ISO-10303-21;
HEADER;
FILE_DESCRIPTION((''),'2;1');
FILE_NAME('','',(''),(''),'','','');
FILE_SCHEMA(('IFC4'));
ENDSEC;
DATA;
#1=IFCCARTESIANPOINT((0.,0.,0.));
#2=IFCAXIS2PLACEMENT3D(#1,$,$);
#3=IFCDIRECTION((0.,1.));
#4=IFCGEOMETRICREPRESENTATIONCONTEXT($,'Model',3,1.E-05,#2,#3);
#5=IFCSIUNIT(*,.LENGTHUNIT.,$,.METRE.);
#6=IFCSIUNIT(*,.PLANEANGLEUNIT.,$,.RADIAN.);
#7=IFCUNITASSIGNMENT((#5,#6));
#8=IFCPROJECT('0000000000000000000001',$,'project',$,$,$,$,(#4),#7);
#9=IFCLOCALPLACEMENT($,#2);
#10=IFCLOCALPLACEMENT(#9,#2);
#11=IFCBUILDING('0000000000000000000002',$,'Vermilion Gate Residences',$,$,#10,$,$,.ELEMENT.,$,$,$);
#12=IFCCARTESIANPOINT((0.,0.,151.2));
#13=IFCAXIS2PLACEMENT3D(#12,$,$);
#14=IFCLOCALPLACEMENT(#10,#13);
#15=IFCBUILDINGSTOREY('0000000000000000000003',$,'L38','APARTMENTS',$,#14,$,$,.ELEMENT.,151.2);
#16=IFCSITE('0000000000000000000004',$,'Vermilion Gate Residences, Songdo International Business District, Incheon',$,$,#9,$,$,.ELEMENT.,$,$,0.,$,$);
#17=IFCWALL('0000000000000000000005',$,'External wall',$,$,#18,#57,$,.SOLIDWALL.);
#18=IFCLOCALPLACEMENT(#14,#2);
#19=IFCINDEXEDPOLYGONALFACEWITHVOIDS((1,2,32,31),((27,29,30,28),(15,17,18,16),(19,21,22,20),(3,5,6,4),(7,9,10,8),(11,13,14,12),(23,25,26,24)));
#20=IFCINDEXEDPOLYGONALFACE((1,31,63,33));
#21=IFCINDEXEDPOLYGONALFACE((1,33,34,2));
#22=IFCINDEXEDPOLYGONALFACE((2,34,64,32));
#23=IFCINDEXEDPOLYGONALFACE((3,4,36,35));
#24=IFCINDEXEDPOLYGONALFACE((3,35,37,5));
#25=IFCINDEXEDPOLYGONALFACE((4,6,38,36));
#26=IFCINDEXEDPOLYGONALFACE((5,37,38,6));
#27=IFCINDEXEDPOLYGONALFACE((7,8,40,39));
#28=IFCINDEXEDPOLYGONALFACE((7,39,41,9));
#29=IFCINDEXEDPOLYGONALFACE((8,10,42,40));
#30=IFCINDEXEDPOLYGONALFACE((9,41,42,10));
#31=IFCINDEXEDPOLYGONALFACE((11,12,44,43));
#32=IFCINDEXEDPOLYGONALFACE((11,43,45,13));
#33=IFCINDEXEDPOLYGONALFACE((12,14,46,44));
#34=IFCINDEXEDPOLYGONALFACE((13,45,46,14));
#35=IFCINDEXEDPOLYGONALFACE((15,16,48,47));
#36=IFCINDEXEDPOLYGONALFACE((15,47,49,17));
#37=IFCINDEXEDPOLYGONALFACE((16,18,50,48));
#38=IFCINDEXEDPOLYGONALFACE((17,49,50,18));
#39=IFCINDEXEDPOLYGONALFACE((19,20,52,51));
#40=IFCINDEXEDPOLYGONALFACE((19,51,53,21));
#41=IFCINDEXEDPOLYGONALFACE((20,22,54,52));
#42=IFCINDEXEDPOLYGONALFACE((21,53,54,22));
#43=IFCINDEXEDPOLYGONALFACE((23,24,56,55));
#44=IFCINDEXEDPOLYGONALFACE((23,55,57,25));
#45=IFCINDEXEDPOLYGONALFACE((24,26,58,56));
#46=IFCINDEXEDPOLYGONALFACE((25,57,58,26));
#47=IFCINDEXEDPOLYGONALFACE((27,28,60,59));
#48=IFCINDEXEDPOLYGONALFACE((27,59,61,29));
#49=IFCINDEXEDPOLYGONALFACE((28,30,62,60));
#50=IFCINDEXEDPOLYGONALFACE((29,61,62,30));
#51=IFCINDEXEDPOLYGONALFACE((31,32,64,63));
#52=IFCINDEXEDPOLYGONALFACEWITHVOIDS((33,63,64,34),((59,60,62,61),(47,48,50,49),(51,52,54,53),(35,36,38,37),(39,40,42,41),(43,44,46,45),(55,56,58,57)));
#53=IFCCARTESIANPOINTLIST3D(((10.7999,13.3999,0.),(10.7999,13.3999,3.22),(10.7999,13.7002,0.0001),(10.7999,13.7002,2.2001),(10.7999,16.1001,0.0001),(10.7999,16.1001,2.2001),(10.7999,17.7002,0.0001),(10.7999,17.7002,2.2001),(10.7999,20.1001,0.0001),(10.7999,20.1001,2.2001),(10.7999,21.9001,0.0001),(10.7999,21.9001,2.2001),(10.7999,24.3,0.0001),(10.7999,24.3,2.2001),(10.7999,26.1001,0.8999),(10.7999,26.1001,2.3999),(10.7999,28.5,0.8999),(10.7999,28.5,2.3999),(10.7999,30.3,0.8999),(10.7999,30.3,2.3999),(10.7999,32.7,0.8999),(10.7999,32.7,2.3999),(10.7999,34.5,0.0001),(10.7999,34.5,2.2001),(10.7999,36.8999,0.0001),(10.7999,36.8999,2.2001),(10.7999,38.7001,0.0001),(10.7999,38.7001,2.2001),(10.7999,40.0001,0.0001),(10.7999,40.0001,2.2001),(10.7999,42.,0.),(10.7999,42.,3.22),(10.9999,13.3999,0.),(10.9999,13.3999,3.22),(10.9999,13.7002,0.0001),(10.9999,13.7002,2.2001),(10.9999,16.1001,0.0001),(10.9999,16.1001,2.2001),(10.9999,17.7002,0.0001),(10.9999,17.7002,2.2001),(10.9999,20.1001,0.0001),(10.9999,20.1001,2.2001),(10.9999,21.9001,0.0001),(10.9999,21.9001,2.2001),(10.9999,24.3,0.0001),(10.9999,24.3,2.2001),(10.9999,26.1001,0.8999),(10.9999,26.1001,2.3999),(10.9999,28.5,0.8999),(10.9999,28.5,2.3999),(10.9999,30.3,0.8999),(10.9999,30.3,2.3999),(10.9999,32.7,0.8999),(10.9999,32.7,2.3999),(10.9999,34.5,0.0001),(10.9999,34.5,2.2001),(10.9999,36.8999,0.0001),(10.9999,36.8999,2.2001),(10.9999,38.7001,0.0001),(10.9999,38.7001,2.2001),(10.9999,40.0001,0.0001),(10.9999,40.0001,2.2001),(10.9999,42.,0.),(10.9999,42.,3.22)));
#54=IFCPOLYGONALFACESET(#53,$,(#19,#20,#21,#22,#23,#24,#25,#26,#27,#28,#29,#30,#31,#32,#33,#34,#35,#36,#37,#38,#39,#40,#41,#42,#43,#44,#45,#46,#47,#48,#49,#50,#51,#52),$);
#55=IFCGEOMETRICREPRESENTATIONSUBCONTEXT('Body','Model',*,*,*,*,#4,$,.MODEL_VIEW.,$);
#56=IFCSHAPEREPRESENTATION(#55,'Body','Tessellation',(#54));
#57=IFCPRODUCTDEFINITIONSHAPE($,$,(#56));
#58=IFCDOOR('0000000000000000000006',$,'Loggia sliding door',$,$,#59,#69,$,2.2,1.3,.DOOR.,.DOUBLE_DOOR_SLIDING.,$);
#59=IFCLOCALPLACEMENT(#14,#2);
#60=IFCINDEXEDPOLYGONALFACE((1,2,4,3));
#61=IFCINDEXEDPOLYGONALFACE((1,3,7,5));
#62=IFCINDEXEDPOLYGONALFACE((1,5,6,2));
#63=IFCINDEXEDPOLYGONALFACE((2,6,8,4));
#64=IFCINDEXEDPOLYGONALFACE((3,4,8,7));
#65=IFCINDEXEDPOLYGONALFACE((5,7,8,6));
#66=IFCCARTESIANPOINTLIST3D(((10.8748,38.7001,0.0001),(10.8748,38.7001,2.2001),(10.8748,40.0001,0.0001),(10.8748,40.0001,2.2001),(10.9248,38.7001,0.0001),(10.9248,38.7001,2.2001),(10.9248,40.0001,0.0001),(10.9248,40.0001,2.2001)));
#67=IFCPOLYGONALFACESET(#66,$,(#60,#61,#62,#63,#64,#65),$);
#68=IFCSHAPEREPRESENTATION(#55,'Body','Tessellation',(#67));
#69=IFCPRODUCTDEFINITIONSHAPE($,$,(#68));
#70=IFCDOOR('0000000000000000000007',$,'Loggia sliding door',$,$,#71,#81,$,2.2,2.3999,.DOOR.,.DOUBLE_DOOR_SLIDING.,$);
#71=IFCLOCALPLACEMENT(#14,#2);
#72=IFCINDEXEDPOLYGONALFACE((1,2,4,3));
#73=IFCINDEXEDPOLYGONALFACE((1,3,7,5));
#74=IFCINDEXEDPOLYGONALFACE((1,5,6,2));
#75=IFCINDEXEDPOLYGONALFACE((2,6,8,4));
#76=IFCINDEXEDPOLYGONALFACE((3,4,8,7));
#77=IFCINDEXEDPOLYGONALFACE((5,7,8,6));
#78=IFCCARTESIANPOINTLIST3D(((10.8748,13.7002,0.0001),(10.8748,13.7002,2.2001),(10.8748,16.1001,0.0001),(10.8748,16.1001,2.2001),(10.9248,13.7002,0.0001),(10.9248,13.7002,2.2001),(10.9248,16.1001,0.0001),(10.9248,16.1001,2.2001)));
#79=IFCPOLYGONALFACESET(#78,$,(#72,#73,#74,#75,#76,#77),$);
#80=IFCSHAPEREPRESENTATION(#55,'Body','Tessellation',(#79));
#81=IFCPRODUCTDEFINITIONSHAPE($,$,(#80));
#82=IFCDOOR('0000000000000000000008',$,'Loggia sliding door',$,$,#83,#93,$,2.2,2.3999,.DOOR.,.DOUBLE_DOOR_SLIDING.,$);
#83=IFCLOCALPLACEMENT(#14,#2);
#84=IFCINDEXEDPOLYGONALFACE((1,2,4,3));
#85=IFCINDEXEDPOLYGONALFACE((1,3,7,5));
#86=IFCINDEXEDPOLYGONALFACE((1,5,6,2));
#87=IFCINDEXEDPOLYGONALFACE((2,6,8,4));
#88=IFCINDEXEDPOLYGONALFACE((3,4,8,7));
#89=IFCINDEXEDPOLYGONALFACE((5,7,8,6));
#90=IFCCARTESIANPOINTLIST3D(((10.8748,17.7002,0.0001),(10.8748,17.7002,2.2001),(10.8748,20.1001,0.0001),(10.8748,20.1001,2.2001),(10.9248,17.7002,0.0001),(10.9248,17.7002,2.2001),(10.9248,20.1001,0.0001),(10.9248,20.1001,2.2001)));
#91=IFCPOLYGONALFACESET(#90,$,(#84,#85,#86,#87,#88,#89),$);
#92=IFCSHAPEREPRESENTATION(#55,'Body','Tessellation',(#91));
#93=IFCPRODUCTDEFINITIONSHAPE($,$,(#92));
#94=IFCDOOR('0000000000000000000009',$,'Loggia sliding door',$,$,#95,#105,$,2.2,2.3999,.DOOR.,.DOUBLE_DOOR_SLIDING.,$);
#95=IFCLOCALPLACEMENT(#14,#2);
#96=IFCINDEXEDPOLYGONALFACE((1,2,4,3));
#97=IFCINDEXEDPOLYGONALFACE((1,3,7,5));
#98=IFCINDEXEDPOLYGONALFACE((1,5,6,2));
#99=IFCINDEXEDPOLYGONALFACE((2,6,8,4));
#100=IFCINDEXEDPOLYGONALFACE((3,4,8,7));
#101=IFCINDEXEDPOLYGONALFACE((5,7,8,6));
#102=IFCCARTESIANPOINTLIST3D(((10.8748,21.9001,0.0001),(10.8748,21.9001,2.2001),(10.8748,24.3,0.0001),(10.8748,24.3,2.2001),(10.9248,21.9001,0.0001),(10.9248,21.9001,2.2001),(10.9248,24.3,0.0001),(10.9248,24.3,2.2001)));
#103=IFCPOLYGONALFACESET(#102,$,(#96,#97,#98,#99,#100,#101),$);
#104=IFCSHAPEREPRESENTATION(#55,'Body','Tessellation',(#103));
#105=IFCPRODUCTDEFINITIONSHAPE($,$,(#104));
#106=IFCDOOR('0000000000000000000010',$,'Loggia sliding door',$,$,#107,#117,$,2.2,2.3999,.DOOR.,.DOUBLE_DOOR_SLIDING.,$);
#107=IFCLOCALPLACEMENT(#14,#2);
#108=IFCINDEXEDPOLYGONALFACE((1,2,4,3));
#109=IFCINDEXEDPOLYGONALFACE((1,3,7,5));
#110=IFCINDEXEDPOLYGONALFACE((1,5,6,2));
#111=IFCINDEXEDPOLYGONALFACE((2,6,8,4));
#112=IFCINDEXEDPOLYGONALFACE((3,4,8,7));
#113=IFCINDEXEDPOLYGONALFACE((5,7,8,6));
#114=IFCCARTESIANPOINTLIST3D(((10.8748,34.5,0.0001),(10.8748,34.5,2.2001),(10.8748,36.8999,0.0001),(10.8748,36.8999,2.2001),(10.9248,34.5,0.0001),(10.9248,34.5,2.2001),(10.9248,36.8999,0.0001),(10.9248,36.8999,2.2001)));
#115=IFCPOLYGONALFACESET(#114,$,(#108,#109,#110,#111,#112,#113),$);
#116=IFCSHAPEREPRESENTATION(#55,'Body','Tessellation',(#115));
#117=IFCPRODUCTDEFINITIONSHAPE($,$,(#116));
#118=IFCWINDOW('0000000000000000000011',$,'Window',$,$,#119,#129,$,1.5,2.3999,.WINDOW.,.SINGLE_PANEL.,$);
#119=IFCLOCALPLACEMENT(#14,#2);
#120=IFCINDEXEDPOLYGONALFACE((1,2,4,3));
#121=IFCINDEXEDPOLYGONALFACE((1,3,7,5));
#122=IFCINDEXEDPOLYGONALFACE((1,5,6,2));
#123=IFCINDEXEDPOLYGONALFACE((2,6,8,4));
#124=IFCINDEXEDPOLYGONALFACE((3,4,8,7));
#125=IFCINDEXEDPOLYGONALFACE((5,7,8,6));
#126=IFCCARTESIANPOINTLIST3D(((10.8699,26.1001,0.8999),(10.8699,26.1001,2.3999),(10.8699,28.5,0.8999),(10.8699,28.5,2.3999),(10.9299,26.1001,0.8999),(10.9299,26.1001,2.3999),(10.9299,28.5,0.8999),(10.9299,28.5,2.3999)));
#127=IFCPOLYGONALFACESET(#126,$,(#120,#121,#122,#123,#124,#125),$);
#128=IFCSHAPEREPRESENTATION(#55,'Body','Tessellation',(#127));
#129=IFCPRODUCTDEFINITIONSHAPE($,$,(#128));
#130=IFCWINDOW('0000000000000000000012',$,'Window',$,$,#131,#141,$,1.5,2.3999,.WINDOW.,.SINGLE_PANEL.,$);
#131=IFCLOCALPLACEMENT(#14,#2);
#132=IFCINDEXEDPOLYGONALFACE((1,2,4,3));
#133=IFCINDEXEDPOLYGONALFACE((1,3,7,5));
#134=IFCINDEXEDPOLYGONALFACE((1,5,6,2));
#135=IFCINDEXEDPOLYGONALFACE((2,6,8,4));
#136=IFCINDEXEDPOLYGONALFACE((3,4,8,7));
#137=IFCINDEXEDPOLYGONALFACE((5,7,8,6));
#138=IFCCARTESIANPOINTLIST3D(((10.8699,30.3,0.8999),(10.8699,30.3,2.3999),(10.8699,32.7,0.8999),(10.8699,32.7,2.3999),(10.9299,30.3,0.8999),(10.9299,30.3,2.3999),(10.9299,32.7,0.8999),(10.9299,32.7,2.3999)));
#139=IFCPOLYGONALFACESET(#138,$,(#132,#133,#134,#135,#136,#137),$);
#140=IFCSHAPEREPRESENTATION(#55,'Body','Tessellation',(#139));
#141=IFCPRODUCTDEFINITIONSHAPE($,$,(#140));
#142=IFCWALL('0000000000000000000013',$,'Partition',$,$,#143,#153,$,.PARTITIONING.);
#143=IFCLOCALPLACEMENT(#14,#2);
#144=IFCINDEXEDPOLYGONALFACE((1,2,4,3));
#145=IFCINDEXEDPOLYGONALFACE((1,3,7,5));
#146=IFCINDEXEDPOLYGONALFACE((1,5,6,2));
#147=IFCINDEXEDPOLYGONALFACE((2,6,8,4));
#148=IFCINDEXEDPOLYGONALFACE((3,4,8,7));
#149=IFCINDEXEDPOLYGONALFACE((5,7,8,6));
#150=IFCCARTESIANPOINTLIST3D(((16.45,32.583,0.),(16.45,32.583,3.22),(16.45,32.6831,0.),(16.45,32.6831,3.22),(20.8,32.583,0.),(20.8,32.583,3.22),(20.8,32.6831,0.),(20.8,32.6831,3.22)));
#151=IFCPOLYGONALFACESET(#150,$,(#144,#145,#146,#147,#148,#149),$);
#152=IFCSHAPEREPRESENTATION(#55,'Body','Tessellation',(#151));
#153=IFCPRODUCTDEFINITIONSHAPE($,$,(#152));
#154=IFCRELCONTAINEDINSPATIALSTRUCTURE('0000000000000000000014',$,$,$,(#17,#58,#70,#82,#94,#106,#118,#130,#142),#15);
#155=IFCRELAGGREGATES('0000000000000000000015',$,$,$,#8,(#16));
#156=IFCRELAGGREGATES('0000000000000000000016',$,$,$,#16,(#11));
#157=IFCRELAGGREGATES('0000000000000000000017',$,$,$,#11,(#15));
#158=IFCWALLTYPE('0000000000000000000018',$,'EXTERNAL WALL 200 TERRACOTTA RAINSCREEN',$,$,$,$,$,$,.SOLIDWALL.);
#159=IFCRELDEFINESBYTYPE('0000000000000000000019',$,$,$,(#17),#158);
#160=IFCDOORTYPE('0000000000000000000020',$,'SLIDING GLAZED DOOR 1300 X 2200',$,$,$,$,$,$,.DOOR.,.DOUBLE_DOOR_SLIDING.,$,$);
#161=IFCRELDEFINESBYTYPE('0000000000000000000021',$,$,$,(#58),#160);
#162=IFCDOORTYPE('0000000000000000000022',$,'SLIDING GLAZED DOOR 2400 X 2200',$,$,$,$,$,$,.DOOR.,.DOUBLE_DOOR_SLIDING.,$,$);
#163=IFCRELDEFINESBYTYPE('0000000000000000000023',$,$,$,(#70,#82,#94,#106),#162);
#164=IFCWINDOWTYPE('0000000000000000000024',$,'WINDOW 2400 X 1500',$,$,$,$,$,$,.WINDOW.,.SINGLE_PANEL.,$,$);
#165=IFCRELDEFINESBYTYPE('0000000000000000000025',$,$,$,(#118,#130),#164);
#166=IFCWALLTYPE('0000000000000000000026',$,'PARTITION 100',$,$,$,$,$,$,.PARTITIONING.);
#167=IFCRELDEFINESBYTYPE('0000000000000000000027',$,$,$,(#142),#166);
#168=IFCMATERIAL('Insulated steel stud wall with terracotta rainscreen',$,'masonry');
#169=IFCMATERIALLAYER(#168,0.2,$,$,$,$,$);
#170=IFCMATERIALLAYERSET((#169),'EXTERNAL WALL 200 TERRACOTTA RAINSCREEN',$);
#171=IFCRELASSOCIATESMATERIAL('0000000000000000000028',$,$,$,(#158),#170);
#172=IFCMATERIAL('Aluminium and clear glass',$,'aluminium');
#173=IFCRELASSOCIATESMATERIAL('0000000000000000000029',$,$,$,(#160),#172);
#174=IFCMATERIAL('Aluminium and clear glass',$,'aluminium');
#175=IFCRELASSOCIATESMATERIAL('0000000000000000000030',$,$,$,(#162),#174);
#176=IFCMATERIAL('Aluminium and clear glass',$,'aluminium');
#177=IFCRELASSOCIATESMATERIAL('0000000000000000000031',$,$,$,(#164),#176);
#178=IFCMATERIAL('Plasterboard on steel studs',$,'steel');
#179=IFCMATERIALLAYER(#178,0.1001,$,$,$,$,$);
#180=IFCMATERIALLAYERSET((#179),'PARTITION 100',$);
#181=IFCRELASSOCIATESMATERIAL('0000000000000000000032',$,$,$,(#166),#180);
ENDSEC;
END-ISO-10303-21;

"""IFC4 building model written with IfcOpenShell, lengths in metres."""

from ifc_helpers import new_model, si_unit, direction, frame, frame_2d, origin, place, context, subcontext, project, spatial, rectangle, extrude, material, layer, layer_set, type_object, element, fill, save


model = new_model("IFC4")

# Units and contexts
model_context = context("Model", 3, precision=1e-05, world=origin(), true_north=direction((0.0, 1.0)))
body_context = subcontext(model_context, "Body", "Model", "MODEL_VIEW")
ifc_project = project(units=[si_unit("LENGTHUNIT", "METRE"), si_unit("PLANEANGLEUNIT", "RADIAN")], contexts=[model_context])

# Site, building, storey
site_placement = place(None, origin())
site = spatial("IfcSite", under=ifc_project, at=site_placement, Name="Vermilion Gate Residences, Songdo International Business District, Incheon", CompositionType="ELEMENT", RefElevation=0.0)
building_placement = place(site_placement, origin())
building = spatial("IfcBuilding", under=site, at=building_placement, Name="Vermilion Gate Residences", CompositionType="ELEMENT")
storey_placement = place(building_placement, frame((0.0, 0.0, 151.2)))
storey = spatial("IfcBuildingStorey", under=building, at=storey_placement, Name="L38", Description="APARTMENTS", CompositionType="ELEMENT", Elevation=151.2)

# Wall, openings, doors, windows
ifc_material_1 = material(Name="Insulated steel stud wall with terracotta rainscreen", Category="masonry")
ifc_layer_1 = layer(ifc_material_1, 0.2)
ifc_layer_set_1 = layer_set([ifc_layer_1], Name="EXTERNAL WALL 200 TERRACOTTA RAINSCREEN")
wall_type_1 = type_object("IfcWallType", Name="EXTERNAL WALL 200 TERRACOTTA RAINSCREEN", PredefinedType="SOLIDWALL", material=ifc_layer_set_1)
wall_1_placement = place(storey_placement, frame((10.8999, 42.0, 0.0), z_axis=(0.0, 0.0, 1.0), x_axis=(0.0, -1.0, 0.0)))
wall_1 = element("IfcWall", 1, at=wall_1_placement, inside=storey, type_object=wall_type_1, Name="External wall", PredefinedType="SOLIDWALL", context=body_context, shape_type="SweptSolid", body=[
    extrude(rectangle(XDim=28.6001, YDim=0.2, at=frame_2d((14.3, 0.0))), origin(), (0.0, 0.0, 1.0), 3.22),
])
opening_1_placement = place(wall_1_placement, frame((25.8999, 0.0, 0.0)))
opening_1 = element("IfcOpeningElement", 2, at=opening_1_placement, cuts=wall_1, PredefinedType="OPENING", context=body_context, shape_type="SweptSolid", body=[
    extrude(rectangle(XDim=2.3999, YDim=2.2, at=frame_2d((1.2, 1.1001))), frame((0.0, 0.1099, 0.0), z_axis=(0.0, -1.0, 0.0), x_axis=(1.0, 0.0, 0.0)), (0.0, 0.0, 1.0), 0.22),
])
opening_2_placement = place(wall_1_placement, frame((21.8999, 0.0, 0.0)))
opening_2 = element("IfcOpeningElement", 3, at=opening_2_placement, cuts=wall_1, PredefinedType="OPENING", context=body_context, shape_type="SweptSolid", body=[
    extrude(rectangle(XDim=2.3999, YDim=2.2, at=frame_2d((1.2, 1.1001))), frame((0.0, 0.1099, 0.0), z_axis=(0.0, -1.0, 0.0), x_axis=(1.0, 0.0, 0.0)), (0.0, 0.0, 1.0), 0.22),
])
opening_3_placement = place(wall_1_placement, frame((17.7, 0.0, 0.0)))
opening_3 = element("IfcOpeningElement", 4, at=opening_3_placement, cuts=wall_1, PredefinedType="OPENING", context=body_context, shape_type="SweptSolid", body=[
    extrude(rectangle(XDim=2.3999, YDim=2.2, at=frame_2d((1.2, 1.1001))), frame((0.0, 0.1099, 0.0), z_axis=(0.0, -1.0, 0.0), x_axis=(1.0, 0.0, 0.0)), (0.0, 0.0, 1.0), 0.22),
])
opening_4_placement = place(wall_1_placement, frame((13.5, 0.0, 0.8999)))
opening_4 = element("IfcOpeningElement", 5, at=opening_4_placement, cuts=wall_1, PredefinedType="OPENING", context=body_context, shape_type="SweptSolid", body=[
    extrude(rectangle(XDim=2.3999, YDim=1.5, at=frame_2d((1.2, 0.75))), frame((0.0, 0.1099, 0.0), z_axis=(0.0, -1.0, 0.0), x_axis=(1.0, 0.0, 0.0)), (0.0, 0.0, 1.0), 0.22),
])
opening_5_placement = place(wall_1_placement, frame((9.3, 0.0, 0.8999)))
opening_5 = element("IfcOpeningElement", 6, at=opening_5_placement, cuts=wall_1, PredefinedType="OPENING", context=body_context, shape_type="SweptSolid", body=[
    extrude(rectangle(XDim=2.3999, YDim=1.5, at=frame_2d((1.2, 0.75))), frame((0.0, 0.1099, 0.0), z_axis=(0.0, -1.0, 0.0), x_axis=(1.0, 0.0, 0.0)), (0.0, 0.0, 1.0), 0.22),
])
opening_6_placement = place(wall_1_placement, frame((5.1001, 0.0, 0.0)))
opening_6 = element("IfcOpeningElement", 7, at=opening_6_placement, cuts=wall_1, PredefinedType="OPENING", context=body_context, shape_type="SweptSolid", body=[
    extrude(rectangle(XDim=2.3999, YDim=2.2, at=frame_2d((1.2, 1.1001))), frame((0.0, 0.1099, 0.0), z_axis=(0.0, -1.0, 0.0), x_axis=(1.0, 0.0, 0.0)), (0.0, 0.0, 1.0), 0.22),
])
opening_7_placement = place(wall_1_placement, frame((2.0, 0.0, 0.0)))
opening_7 = element("IfcOpeningElement", 8, at=opening_7_placement, cuts=wall_1, PredefinedType="OPENING", context=body_context, shape_type="SweptSolid", body=[
    extrude(rectangle(XDim=1.3, YDim=2.2, at=frame_2d((0.6499, 1.1001))), frame((0.0, 0.1099, 0.0), z_axis=(0.0, -1.0, 0.0), x_axis=(1.0, 0.0, 0.0)), (0.0, 0.0, 1.0), 0.22),
])
ifc_material_2 = material(Name="Aluminium and clear glass", Category="aluminium")
door_type_1 = type_object("IfcDoorType", Name="SLIDING GLAZED DOOR 1300 X 2200", OperationType="DOUBLE_DOOR_SLIDING", PredefinedType="DOOR", material=ifc_material_2)
door_1_placement = place(opening_7_placement, origin())
door_1 = element("IfcDoor", 9, at=door_1_placement, inside=storey, type_object=door_type_1, Name="Loggia sliding door", OperationType="DOUBLE_DOOR_SLIDING", OverallHeight=2.2, OverallWidth=1.3, PredefinedType="DOOR", context=body_context, shape_type="SweptSolid", body=[
    extrude(rectangle(XDim=1.3, YDim=2.2, at=frame_2d((0.6499, 1.1001))), frame((0.0, 0.0249, 0.0), z_axis=(0.0, -1.0, 0.0), x_axis=(1.0, 0.0, 0.0)), (0.0, 0.0, 1.0), 0.05),
])
fill(opening_7, door_1)
ifc_material_3 = material(Name="Aluminium and clear glass", Category="aluminium")
door_type_2 = type_object("IfcDoorType", Name="SLIDING GLAZED DOOR 2400 X 2200", OperationType="DOUBLE_DOOR_SLIDING", PredefinedType="DOOR", material=ifc_material_3)
door_2_placement = place(opening_1_placement, origin())
door_2 = element("IfcDoor", 10, at=door_2_placement, inside=storey, type_object=door_type_2, Name="Loggia sliding door", OperationType="DOUBLE_DOOR_SLIDING", OverallHeight=2.2, OverallWidth=2.3999, PredefinedType="DOOR", context=body_context, shape_type="SweptSolid", body=[
    extrude(rectangle(XDim=2.3999, YDim=2.2, at=frame_2d((1.2, 1.1001))), frame((0.0, 0.0249, 0.0), z_axis=(0.0, -1.0, 0.0), x_axis=(1.0, 0.0, 0.0)), (0.0, 0.0, 1.0), 0.05),
])
fill(opening_1, door_2)
door_3_placement = place(opening_2_placement, origin())
door_3 = element("IfcDoor", 11, at=door_3_placement, inside=storey, type_object=door_type_2, Name="Loggia sliding door", OperationType="DOUBLE_DOOR_SLIDING", OverallHeight=2.2, OverallWidth=2.3999, PredefinedType="DOOR", context=body_context, shape_type="SweptSolid", body=[
    extrude(rectangle(XDim=2.3999, YDim=2.2, at=frame_2d((1.2, 1.1001))), frame((0.0, 0.0249, 0.0), z_axis=(0.0, -1.0, 0.0), x_axis=(1.0, 0.0, 0.0)), (0.0, 0.0, 1.0), 0.05),
])
fill(opening_2, door_3)
door_4_placement = place(opening_3_placement, origin())
door_4 = element("IfcDoor", 12, at=door_4_placement, inside=storey, type_object=door_type_2, Name="Loggia sliding door", OperationType="DOUBLE_DOOR_SLIDING", OverallHeight=2.2, OverallWidth=2.3999, PredefinedType="DOOR", context=body_context, shape_type="SweptSolid", body=[
    extrude(rectangle(XDim=2.3999, YDim=2.2, at=frame_2d((1.2, 1.1001))), frame((0.0, 0.0249, 0.0), z_axis=(0.0, -1.0, 0.0), x_axis=(1.0, 0.0, 0.0)), (0.0, 0.0, 1.0), 0.05),
])
fill(opening_3, door_4)
door_5_placement = place(opening_6_placement, origin())
door_5 = element("IfcDoor", 13, at=door_5_placement, inside=storey, type_object=door_type_2, Name="Loggia sliding door", OperationType="DOUBLE_DOOR_SLIDING", OverallHeight=2.2, OverallWidth=2.3999, PredefinedType="DOOR", context=body_context, shape_type="SweptSolid", body=[
    extrude(rectangle(XDim=2.3999, YDim=2.2, at=frame_2d((1.2, 1.1001))), frame((0.0, 0.0249, 0.0), z_axis=(0.0, -1.0, 0.0), x_axis=(1.0, 0.0, 0.0)), (0.0, 0.0, 1.0), 0.05),
])
fill(opening_6, door_5)
ifc_material_4 = material(Name="Aluminium and clear glass", Category="aluminium")
window_type = type_object("IfcWindowType", Name="WINDOW 2400 X 1500", PartitioningType="SINGLE_PANEL", PredefinedType="WINDOW", material=ifc_material_4)
window_1_placement = place(opening_4_placement, origin())
window_1 = element("IfcWindow", 14, at=window_1_placement, inside=storey, type_object=window_type, Name="Window", OverallHeight=1.5, OverallWidth=2.3999, PartitioningType="SINGLE_PANEL", PredefinedType="WINDOW", context=body_context, shape_type="SweptSolid", body=[
    extrude(rectangle(XDim=2.3999, YDim=1.5, at=frame_2d((1.2, 0.75))), frame((0.0, 0.03, 0.0), z_axis=(0.0, -1.0, 0.0), x_axis=(1.0, 0.0, 0.0)), (0.0, 0.0, 1.0), 0.0601),
])
fill(opening_4, window_1)
window_2_placement = place(opening_5_placement, origin())
window_2 = element("IfcWindow", 15, at=window_2_placement, inside=storey, type_object=window_type, Name="Window", OverallHeight=1.5, OverallWidth=2.3999, PartitioningType="SINGLE_PANEL", PredefinedType="WINDOW", context=body_context, shape_type="SweptSolid", body=[
    extrude(rectangle(XDim=2.3999, YDim=1.5, at=frame_2d((1.2, 0.75))), frame((0.0, 0.03, 0.0), z_axis=(0.0, -1.0, 0.0), x_axis=(1.0, 0.0, 0.0)), (0.0, 0.0, 1.0), 0.0601),
])
fill(opening_5, window_2)

# Wall
ifc_material_5 = material(Name="Plasterboard on steel studs", Category="steel")
ifc_layer_2 = layer(ifc_material_5, 0.1001)
ifc_layer_set_2 = layer_set([ifc_layer_2], Name="PARTITION 100")
wall_type_2 = type_object("IfcWallType", Name="PARTITION 100", PredefinedType="PARTITIONING", material=ifc_layer_set_2)
wall_2_placement = place(storey_placement, frame((16.45, 32.6331, 0.0), z_axis=(0.0, 0.0, 1.0), x_axis=(1.0, 0.0, 0.0)))
element("IfcWall", 16, at=wall_2_placement, inside=storey, type_object=wall_type_2, Name="Partition", PredefinedType="PARTITIONING", context=body_context, shape_type="SweptSolid", body=[
    extrude(rectangle(XDim=4.3501, YDim=0.1001, at=frame_2d((2.175, 0.0))), origin(), (0.0, 0.0, 1.0), 3.22),
])

save(model, "model.ifc")
